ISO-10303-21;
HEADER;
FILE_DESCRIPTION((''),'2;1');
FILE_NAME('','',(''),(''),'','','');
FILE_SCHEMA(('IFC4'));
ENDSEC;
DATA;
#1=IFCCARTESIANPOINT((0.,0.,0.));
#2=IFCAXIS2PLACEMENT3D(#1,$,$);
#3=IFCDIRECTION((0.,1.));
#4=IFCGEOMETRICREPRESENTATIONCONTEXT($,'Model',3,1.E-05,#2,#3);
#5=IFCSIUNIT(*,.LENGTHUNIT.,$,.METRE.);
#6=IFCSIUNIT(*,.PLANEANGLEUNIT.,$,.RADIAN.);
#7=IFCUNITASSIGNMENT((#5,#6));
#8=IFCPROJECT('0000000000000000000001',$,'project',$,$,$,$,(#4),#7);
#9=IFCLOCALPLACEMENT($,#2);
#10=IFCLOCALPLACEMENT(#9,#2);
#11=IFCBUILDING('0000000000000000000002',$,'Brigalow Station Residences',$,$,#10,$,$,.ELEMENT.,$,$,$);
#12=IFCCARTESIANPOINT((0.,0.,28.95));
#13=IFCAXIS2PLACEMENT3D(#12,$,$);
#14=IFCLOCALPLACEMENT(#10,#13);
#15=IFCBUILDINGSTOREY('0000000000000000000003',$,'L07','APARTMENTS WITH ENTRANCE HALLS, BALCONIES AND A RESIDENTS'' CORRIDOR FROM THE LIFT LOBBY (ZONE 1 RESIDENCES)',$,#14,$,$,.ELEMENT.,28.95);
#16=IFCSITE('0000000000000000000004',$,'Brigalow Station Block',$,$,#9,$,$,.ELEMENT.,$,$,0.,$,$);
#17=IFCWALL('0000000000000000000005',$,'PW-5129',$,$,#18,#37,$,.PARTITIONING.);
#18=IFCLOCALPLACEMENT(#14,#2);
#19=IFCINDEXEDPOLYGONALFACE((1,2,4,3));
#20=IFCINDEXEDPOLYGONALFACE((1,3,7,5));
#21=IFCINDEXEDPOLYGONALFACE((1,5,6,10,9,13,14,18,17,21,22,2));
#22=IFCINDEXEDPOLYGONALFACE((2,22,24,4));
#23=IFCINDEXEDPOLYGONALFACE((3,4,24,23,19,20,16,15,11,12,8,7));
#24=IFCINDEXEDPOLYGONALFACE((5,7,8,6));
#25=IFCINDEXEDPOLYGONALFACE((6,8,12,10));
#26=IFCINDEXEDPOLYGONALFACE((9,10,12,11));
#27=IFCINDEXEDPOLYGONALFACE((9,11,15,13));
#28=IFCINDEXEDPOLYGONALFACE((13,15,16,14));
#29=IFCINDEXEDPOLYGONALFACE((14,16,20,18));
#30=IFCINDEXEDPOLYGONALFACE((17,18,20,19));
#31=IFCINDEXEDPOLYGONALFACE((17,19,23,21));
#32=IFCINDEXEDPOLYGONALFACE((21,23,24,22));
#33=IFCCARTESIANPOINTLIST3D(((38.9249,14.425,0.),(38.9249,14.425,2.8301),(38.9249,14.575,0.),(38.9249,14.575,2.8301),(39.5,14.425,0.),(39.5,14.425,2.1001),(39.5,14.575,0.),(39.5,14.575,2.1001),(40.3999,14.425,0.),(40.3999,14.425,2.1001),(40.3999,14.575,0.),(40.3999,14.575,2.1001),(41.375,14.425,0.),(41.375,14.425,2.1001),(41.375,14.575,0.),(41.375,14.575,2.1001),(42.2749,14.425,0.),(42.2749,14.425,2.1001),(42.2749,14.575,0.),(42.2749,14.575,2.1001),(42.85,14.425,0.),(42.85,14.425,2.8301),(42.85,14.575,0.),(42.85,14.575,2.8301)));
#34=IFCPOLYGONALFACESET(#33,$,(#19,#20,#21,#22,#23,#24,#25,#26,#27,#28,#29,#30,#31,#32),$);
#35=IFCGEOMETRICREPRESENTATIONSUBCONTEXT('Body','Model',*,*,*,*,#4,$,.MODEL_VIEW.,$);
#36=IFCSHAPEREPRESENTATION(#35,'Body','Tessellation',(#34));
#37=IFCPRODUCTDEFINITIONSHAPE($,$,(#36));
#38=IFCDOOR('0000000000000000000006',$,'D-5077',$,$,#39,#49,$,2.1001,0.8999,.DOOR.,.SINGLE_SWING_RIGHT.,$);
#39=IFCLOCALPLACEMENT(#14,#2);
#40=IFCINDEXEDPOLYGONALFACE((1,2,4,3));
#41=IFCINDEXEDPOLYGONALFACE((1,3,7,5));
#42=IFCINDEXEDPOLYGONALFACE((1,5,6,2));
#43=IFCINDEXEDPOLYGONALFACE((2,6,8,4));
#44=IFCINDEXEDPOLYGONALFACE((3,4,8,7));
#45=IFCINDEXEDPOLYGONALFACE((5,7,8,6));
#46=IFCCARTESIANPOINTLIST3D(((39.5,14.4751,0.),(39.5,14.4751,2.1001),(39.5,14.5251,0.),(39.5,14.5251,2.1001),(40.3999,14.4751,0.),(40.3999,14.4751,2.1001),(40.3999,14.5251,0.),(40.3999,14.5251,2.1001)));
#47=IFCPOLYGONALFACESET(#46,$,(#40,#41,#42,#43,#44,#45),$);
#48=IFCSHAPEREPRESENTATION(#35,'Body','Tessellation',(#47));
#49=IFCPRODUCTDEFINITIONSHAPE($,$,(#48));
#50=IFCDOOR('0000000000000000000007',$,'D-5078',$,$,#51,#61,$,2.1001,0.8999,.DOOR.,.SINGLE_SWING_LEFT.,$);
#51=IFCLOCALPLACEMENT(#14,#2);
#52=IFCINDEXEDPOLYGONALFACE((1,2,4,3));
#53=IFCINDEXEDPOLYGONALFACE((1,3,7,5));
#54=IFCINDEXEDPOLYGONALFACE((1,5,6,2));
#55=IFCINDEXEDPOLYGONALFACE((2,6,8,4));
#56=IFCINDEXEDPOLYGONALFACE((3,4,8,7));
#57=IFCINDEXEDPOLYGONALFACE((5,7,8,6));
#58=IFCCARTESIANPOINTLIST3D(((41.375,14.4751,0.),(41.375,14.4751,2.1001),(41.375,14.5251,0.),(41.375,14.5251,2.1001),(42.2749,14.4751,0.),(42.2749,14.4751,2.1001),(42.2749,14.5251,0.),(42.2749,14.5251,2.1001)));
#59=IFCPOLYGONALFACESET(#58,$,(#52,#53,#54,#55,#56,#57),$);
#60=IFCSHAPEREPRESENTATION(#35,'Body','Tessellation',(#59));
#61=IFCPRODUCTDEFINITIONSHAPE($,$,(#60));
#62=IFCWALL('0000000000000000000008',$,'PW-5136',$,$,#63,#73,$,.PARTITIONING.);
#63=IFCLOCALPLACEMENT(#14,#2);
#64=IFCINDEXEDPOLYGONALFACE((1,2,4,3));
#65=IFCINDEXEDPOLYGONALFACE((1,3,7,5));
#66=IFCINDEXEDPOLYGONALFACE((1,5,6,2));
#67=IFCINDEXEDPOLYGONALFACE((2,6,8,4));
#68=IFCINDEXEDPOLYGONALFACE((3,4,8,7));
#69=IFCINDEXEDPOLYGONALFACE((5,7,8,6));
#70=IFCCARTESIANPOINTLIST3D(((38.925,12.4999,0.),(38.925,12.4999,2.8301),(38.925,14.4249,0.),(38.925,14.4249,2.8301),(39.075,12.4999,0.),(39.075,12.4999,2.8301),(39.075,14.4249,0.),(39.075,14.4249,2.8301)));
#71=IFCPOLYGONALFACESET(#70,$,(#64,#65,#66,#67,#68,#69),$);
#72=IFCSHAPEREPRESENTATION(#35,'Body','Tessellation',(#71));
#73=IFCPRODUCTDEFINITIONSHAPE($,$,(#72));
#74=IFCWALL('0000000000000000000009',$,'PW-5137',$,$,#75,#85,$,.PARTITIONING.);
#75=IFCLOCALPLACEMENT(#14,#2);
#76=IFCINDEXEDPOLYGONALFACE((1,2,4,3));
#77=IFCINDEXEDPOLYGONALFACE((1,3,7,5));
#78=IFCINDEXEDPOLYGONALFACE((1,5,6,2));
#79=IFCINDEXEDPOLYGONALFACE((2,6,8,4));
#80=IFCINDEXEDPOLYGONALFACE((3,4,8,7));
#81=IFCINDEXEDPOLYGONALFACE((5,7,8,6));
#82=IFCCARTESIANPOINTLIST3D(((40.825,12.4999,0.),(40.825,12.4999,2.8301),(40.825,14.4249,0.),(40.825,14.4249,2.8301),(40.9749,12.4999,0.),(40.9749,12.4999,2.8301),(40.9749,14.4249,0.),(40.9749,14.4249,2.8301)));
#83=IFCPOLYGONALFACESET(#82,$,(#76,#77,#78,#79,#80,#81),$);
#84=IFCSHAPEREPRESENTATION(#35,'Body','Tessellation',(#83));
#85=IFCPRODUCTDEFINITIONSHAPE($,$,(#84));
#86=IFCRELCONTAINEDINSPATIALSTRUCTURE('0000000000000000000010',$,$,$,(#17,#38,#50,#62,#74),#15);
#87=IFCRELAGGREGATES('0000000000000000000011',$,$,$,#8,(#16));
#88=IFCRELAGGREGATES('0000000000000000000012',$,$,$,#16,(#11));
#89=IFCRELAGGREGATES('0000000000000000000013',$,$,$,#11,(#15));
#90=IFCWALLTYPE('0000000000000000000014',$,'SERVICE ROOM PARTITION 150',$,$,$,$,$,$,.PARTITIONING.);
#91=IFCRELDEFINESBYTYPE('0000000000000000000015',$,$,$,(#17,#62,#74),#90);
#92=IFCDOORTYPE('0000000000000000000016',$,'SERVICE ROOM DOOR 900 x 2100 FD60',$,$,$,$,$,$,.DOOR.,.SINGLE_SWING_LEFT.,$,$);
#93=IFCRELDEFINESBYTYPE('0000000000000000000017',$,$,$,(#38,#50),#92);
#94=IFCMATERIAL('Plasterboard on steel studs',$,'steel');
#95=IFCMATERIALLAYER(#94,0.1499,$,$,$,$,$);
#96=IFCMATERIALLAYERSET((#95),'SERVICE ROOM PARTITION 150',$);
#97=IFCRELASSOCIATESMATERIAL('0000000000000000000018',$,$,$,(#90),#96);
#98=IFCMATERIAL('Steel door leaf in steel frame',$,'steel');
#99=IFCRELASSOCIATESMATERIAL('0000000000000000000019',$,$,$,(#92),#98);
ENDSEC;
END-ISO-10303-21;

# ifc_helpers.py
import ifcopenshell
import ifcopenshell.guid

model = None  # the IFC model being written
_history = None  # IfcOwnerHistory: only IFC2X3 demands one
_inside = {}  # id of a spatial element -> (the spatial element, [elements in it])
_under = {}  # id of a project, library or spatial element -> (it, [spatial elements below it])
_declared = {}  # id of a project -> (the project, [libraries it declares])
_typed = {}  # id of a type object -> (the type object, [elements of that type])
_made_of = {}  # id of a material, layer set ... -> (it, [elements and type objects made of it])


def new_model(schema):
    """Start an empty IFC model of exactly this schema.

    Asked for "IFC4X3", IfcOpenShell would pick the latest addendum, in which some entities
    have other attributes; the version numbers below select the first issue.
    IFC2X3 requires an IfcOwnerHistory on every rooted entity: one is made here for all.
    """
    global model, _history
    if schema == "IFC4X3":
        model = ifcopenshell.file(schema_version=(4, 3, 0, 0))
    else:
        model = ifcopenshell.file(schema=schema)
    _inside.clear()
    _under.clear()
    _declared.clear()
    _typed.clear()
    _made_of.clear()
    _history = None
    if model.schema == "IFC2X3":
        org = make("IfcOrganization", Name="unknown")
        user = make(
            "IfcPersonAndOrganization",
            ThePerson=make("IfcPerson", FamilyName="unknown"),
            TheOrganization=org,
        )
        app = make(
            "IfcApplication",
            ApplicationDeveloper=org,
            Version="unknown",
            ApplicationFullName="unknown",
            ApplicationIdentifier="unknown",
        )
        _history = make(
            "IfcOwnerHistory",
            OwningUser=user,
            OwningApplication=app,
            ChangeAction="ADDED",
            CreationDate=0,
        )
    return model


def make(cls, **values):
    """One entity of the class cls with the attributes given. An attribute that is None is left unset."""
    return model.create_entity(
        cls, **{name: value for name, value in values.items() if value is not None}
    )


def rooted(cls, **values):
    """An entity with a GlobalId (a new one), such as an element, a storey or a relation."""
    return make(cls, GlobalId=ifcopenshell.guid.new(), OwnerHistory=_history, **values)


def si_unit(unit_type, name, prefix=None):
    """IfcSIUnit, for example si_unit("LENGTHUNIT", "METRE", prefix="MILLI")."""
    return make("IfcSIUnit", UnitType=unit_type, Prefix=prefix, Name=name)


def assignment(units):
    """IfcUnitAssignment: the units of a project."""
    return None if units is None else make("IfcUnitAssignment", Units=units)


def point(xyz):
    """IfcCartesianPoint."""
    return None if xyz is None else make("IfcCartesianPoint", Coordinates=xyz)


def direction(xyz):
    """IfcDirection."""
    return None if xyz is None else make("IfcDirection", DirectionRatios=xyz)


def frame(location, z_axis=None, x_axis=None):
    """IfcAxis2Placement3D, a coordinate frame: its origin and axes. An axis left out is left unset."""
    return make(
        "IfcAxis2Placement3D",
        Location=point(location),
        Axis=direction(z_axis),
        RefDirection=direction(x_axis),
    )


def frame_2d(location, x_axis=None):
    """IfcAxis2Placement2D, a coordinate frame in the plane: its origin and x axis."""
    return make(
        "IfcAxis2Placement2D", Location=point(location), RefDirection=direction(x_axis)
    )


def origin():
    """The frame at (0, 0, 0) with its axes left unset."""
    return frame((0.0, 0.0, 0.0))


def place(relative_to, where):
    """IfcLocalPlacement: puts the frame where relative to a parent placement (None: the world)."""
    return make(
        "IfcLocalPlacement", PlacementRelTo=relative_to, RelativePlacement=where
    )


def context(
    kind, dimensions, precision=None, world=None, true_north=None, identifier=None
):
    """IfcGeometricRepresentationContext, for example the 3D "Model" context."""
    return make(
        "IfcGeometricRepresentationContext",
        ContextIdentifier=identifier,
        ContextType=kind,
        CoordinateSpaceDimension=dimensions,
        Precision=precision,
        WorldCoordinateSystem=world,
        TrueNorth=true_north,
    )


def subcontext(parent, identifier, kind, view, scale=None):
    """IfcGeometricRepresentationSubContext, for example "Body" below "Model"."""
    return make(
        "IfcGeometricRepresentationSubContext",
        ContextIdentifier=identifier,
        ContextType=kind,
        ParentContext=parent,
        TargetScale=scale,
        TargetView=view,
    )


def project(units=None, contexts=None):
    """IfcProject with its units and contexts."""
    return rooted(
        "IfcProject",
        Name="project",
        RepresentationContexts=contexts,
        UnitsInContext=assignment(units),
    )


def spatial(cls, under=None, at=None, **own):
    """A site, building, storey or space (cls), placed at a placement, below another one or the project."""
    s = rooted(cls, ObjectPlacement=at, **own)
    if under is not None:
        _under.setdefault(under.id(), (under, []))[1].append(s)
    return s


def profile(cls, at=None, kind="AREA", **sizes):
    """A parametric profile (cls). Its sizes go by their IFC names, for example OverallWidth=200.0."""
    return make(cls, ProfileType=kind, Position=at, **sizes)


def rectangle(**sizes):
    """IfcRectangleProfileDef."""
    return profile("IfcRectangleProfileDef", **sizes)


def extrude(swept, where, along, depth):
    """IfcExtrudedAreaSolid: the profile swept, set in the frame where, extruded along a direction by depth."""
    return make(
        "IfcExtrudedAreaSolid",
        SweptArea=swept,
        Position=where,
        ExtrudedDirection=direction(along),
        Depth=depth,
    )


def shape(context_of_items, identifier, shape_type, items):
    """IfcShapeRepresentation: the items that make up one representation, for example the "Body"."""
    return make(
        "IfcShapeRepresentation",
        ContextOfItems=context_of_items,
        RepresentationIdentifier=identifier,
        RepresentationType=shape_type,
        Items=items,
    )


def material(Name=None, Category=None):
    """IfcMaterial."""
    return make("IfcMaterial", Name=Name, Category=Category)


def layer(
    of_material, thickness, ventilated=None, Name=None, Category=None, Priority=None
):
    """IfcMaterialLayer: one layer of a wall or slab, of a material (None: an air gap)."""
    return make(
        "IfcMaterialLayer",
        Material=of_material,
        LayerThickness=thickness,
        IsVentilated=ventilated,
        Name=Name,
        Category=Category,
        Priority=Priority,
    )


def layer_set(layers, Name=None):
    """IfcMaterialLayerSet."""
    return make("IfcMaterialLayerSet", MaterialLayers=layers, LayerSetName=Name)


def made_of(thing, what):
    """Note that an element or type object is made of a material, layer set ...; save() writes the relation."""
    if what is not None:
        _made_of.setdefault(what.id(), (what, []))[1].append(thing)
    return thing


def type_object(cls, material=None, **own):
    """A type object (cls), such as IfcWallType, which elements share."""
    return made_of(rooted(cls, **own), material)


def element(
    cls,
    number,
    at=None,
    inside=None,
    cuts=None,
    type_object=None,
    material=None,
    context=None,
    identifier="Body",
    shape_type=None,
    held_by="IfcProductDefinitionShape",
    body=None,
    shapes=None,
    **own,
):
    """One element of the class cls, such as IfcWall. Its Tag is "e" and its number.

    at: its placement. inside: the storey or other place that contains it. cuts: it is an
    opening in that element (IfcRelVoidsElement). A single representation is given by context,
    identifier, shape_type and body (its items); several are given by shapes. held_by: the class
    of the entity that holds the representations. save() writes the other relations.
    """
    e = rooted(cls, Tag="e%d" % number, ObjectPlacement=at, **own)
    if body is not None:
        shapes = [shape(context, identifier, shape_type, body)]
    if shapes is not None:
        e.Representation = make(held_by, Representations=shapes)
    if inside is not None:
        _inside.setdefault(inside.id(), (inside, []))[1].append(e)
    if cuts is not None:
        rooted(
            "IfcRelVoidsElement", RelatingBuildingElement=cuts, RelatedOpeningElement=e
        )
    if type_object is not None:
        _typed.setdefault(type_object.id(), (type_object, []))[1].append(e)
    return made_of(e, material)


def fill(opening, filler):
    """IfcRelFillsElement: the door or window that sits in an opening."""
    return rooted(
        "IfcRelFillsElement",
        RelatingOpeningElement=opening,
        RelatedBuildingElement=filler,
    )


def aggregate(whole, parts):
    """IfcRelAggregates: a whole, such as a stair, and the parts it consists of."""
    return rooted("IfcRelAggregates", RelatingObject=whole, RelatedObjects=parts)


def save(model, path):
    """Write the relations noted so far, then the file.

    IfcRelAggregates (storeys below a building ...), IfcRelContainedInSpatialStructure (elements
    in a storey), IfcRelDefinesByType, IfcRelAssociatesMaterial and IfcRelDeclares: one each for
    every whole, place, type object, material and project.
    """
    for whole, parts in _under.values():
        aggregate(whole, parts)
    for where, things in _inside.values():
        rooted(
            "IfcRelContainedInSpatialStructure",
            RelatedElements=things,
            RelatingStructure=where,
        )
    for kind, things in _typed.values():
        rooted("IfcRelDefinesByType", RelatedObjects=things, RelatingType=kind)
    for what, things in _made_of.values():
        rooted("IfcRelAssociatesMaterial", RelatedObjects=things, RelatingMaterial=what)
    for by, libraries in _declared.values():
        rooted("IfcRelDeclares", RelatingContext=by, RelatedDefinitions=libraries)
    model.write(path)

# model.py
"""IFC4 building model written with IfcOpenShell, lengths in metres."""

from ifc_helpers import new_model, si_unit, direction, frame, frame_2d, origin, place, context, subcontext, project, spatial, rectangle, extrude, material, layer, layer_set, type_object, element, fill, save


model = new_model("IFC4")

# Units and contexts
model_context = context("Model", 3, precision=1e-05, world=origin(), true_north=direction((0.0, 1.0)))
body_context = subcontext(model_context, "Body", "Model", "MODEL_VIEW")
ifc_project = project(units=[si_unit("LENGTHUNIT", "METRE"), si_unit("PLANEANGLEUNIT", "RADIAN")], contexts=[model_context])

# Site, building, storey
site_placement = place(None, origin())
site = spatial("IfcSite", under=ifc_project, at=site_placement, Name="Brigalow Station Block", CompositionType="ELEMENT", RefElevation=0.0)
building_placement = place(site_placement, origin())
building = spatial("IfcBuilding", under=site, at=building_placement, Name="Brigalow Station Residences", CompositionType="ELEMENT")
storey_placement = place(building_placement, frame((0.0, 0.0, 28.95)))
storey = spatial("IfcBuildingStorey", under=building, at=storey_placement, Name="L07", Description="APARTMENTS WITH ENTRANCE HALLS, BALCONIES AND A RESIDENTS' CORRIDOR FROM THE LIFT LOBBY (ZONE 1 RESIDENCES)", CompositionType="ELEMENT", Elevation=28.95)

# Wall, openings, doors
ifc_material_1 = material(Name="Plasterboard on steel studs", Category="steel")
ifc_layer_1 = layer(ifc_material_1, 0.1499)
ifc_layer_set_1 = layer_set([ifc_layer_1], Name="SERVICE ROOM PARTITION 150")
wall_type_1 = type_object("IfcWallType", Name="SERVICE ROOM PARTITION 150", PredefinedType="PARTITIONING", material=ifc_layer_set_1)
wall_1_placement = place(storey_placement, frame((38.925, 14.5, 0.0), z_axis=(0.0, 0.0, 1.0), x_axis=(1.0, 0.0, 0.0)))
wall_1 = element("IfcWall", 1, at=wall_1_placement, inside=storey, type_object=wall_type_1, Name="PW-5129", PredefinedType="PARTITIONING", context=body_context, shape_type="SweptSolid", body=[
    extrude(rectangle(XDim=3.925, YDim=0.1499, at=frame_2d((1.9624, 0.0))), origin(), (0.0, 0.0, 1.0), 2.8301),
])
opening_1_placement = place(wall_1_placement, frame((0.575, 0.0, 0.0)))
opening_1 = element("IfcOpeningElement", 2, at=opening_1_placement, cuts=wall_1, PredefinedType="OPENING", context=body_context, shape_type="SweptSolid", body=[
    extrude(rectangle(XDim=0.8999, YDim=2.1001, at=frame_2d((0.45, 1.05))), frame((0.0, 0.085, 0.0), z_axis=(0.0, -1.0, 0.0), x_axis=(1.0, 0.0, 0.0)), (0.0, 0.0, 1.0), 0.1699),
])
opening_2_placement = place(wall_1_placement, frame((2.45, 0.0, 0.0)))
opening_2 = element("IfcOpeningElement", 3, at=opening_2_placement, cuts=wall_1, PredefinedType="OPENING", context=body_context, shape_type="SweptSolid", body=[
    extrude(rectangle(XDim=0.8999, YDim=2.1001, at=frame_2d((0.45, 1.05))), frame((0.0, 0.085, 0.0), z_axis=(0.0, -1.0, 0.0), x_axis=(1.0, 0.0, 0.0)), (0.0, 0.0, 1.0), 0.1699),
])
ifc_material_2 = material(Name="Steel door leaf in steel frame", Category="steel")
door_type = type_object("IfcDoorType", Name="SERVICE ROOM DOOR 900 x 2100 FD60", OperationType="SINGLE_SWING_LEFT", PredefinedType="DOOR", material=ifc_material_2)
door_1_placement = place(opening_1_placement, frame((0.8999, 0.0, 0.0), z_axis=(0.0, 0.0, 1.0), x_axis=(-1.0, 0.0, 0.0)))
door_1 = element("IfcDoor", 4, at=door_1_placement, inside=storey, type_object=door_type, Name="D-5077", OperationType="SINGLE_SWING_RIGHT", OverallHeight=2.1001, OverallWidth=0.8999, PredefinedType="DOOR", context=body_context, shape_type="SweptSolid", body=[
    extrude(rectangle(XDim=0.8999, YDim=2.1001, at=frame_2d((0.45, 1.05))), frame((0.0, 0.0249, 0.0), z_axis=(0.0, -1.0, 0.0), x_axis=(1.0, 0.0, 0.0)), (0.0, 0.0, 1.0), 0.05),
])
fill(opening_1, door_1)
door_2_placement = place(opening_2_placement, frame((0.8999, 0.0, 0.0), z_axis=(0.0, 0.0, 1.0), x_axis=(-1.0, 0.0, 0.0)))
door_2 = element("IfcDoor", 5, at=door_2_placement, inside=storey, type_object=door_type, Name="D-5078", OperationType="SINGLE_SWING_LEFT", OverallHeight=2.1001, OverallWidth=0.8999, PredefinedType="DOOR", context=body_context, shape_type="SweptSolid", body=[
    extrude(rectangle(XDim=0.8999, YDim=2.1001, at=frame_2d((0.45, 1.05))), frame((0.0, 0.0249, 0.0), z_axis=(0.0, -1.0, 0.0), x_axis=(1.0, 0.0, 0.0)), (0.0, 0.0, 1.0), 0.05),
])
fill(opening_2, door_2)

# Walls
for number, where, z_axis, x_axis, name in (
    (6, (39.0, 12.5, 0.0), (0.0, 0.0, 1.0), (0.0, 1.0, 0.0), "PW-5136"),
    (7, (40.8999, 12.5, 0.0), (0.0, 0.0, 1.0), (0.0, 1.0, 0.0), "PW-5137"),
):
    element("IfcWall", number, at=place(storey_placement, frame(where, z_axis=z_axis, x_axis=x_axis)), inside=storey, type_object=wall_type_1, Name=name, PredefinedType="PARTITIONING", context=body_context, shape_type="SweptSolid", body=[
        extrude(rectangle(XDim=1.925, YDim=0.1499, at=frame_2d((0.9624, 0.0))), origin(), (0.0, 0.0, 1.0), 2.8301),
    ])

save(model, "model.ifc")
